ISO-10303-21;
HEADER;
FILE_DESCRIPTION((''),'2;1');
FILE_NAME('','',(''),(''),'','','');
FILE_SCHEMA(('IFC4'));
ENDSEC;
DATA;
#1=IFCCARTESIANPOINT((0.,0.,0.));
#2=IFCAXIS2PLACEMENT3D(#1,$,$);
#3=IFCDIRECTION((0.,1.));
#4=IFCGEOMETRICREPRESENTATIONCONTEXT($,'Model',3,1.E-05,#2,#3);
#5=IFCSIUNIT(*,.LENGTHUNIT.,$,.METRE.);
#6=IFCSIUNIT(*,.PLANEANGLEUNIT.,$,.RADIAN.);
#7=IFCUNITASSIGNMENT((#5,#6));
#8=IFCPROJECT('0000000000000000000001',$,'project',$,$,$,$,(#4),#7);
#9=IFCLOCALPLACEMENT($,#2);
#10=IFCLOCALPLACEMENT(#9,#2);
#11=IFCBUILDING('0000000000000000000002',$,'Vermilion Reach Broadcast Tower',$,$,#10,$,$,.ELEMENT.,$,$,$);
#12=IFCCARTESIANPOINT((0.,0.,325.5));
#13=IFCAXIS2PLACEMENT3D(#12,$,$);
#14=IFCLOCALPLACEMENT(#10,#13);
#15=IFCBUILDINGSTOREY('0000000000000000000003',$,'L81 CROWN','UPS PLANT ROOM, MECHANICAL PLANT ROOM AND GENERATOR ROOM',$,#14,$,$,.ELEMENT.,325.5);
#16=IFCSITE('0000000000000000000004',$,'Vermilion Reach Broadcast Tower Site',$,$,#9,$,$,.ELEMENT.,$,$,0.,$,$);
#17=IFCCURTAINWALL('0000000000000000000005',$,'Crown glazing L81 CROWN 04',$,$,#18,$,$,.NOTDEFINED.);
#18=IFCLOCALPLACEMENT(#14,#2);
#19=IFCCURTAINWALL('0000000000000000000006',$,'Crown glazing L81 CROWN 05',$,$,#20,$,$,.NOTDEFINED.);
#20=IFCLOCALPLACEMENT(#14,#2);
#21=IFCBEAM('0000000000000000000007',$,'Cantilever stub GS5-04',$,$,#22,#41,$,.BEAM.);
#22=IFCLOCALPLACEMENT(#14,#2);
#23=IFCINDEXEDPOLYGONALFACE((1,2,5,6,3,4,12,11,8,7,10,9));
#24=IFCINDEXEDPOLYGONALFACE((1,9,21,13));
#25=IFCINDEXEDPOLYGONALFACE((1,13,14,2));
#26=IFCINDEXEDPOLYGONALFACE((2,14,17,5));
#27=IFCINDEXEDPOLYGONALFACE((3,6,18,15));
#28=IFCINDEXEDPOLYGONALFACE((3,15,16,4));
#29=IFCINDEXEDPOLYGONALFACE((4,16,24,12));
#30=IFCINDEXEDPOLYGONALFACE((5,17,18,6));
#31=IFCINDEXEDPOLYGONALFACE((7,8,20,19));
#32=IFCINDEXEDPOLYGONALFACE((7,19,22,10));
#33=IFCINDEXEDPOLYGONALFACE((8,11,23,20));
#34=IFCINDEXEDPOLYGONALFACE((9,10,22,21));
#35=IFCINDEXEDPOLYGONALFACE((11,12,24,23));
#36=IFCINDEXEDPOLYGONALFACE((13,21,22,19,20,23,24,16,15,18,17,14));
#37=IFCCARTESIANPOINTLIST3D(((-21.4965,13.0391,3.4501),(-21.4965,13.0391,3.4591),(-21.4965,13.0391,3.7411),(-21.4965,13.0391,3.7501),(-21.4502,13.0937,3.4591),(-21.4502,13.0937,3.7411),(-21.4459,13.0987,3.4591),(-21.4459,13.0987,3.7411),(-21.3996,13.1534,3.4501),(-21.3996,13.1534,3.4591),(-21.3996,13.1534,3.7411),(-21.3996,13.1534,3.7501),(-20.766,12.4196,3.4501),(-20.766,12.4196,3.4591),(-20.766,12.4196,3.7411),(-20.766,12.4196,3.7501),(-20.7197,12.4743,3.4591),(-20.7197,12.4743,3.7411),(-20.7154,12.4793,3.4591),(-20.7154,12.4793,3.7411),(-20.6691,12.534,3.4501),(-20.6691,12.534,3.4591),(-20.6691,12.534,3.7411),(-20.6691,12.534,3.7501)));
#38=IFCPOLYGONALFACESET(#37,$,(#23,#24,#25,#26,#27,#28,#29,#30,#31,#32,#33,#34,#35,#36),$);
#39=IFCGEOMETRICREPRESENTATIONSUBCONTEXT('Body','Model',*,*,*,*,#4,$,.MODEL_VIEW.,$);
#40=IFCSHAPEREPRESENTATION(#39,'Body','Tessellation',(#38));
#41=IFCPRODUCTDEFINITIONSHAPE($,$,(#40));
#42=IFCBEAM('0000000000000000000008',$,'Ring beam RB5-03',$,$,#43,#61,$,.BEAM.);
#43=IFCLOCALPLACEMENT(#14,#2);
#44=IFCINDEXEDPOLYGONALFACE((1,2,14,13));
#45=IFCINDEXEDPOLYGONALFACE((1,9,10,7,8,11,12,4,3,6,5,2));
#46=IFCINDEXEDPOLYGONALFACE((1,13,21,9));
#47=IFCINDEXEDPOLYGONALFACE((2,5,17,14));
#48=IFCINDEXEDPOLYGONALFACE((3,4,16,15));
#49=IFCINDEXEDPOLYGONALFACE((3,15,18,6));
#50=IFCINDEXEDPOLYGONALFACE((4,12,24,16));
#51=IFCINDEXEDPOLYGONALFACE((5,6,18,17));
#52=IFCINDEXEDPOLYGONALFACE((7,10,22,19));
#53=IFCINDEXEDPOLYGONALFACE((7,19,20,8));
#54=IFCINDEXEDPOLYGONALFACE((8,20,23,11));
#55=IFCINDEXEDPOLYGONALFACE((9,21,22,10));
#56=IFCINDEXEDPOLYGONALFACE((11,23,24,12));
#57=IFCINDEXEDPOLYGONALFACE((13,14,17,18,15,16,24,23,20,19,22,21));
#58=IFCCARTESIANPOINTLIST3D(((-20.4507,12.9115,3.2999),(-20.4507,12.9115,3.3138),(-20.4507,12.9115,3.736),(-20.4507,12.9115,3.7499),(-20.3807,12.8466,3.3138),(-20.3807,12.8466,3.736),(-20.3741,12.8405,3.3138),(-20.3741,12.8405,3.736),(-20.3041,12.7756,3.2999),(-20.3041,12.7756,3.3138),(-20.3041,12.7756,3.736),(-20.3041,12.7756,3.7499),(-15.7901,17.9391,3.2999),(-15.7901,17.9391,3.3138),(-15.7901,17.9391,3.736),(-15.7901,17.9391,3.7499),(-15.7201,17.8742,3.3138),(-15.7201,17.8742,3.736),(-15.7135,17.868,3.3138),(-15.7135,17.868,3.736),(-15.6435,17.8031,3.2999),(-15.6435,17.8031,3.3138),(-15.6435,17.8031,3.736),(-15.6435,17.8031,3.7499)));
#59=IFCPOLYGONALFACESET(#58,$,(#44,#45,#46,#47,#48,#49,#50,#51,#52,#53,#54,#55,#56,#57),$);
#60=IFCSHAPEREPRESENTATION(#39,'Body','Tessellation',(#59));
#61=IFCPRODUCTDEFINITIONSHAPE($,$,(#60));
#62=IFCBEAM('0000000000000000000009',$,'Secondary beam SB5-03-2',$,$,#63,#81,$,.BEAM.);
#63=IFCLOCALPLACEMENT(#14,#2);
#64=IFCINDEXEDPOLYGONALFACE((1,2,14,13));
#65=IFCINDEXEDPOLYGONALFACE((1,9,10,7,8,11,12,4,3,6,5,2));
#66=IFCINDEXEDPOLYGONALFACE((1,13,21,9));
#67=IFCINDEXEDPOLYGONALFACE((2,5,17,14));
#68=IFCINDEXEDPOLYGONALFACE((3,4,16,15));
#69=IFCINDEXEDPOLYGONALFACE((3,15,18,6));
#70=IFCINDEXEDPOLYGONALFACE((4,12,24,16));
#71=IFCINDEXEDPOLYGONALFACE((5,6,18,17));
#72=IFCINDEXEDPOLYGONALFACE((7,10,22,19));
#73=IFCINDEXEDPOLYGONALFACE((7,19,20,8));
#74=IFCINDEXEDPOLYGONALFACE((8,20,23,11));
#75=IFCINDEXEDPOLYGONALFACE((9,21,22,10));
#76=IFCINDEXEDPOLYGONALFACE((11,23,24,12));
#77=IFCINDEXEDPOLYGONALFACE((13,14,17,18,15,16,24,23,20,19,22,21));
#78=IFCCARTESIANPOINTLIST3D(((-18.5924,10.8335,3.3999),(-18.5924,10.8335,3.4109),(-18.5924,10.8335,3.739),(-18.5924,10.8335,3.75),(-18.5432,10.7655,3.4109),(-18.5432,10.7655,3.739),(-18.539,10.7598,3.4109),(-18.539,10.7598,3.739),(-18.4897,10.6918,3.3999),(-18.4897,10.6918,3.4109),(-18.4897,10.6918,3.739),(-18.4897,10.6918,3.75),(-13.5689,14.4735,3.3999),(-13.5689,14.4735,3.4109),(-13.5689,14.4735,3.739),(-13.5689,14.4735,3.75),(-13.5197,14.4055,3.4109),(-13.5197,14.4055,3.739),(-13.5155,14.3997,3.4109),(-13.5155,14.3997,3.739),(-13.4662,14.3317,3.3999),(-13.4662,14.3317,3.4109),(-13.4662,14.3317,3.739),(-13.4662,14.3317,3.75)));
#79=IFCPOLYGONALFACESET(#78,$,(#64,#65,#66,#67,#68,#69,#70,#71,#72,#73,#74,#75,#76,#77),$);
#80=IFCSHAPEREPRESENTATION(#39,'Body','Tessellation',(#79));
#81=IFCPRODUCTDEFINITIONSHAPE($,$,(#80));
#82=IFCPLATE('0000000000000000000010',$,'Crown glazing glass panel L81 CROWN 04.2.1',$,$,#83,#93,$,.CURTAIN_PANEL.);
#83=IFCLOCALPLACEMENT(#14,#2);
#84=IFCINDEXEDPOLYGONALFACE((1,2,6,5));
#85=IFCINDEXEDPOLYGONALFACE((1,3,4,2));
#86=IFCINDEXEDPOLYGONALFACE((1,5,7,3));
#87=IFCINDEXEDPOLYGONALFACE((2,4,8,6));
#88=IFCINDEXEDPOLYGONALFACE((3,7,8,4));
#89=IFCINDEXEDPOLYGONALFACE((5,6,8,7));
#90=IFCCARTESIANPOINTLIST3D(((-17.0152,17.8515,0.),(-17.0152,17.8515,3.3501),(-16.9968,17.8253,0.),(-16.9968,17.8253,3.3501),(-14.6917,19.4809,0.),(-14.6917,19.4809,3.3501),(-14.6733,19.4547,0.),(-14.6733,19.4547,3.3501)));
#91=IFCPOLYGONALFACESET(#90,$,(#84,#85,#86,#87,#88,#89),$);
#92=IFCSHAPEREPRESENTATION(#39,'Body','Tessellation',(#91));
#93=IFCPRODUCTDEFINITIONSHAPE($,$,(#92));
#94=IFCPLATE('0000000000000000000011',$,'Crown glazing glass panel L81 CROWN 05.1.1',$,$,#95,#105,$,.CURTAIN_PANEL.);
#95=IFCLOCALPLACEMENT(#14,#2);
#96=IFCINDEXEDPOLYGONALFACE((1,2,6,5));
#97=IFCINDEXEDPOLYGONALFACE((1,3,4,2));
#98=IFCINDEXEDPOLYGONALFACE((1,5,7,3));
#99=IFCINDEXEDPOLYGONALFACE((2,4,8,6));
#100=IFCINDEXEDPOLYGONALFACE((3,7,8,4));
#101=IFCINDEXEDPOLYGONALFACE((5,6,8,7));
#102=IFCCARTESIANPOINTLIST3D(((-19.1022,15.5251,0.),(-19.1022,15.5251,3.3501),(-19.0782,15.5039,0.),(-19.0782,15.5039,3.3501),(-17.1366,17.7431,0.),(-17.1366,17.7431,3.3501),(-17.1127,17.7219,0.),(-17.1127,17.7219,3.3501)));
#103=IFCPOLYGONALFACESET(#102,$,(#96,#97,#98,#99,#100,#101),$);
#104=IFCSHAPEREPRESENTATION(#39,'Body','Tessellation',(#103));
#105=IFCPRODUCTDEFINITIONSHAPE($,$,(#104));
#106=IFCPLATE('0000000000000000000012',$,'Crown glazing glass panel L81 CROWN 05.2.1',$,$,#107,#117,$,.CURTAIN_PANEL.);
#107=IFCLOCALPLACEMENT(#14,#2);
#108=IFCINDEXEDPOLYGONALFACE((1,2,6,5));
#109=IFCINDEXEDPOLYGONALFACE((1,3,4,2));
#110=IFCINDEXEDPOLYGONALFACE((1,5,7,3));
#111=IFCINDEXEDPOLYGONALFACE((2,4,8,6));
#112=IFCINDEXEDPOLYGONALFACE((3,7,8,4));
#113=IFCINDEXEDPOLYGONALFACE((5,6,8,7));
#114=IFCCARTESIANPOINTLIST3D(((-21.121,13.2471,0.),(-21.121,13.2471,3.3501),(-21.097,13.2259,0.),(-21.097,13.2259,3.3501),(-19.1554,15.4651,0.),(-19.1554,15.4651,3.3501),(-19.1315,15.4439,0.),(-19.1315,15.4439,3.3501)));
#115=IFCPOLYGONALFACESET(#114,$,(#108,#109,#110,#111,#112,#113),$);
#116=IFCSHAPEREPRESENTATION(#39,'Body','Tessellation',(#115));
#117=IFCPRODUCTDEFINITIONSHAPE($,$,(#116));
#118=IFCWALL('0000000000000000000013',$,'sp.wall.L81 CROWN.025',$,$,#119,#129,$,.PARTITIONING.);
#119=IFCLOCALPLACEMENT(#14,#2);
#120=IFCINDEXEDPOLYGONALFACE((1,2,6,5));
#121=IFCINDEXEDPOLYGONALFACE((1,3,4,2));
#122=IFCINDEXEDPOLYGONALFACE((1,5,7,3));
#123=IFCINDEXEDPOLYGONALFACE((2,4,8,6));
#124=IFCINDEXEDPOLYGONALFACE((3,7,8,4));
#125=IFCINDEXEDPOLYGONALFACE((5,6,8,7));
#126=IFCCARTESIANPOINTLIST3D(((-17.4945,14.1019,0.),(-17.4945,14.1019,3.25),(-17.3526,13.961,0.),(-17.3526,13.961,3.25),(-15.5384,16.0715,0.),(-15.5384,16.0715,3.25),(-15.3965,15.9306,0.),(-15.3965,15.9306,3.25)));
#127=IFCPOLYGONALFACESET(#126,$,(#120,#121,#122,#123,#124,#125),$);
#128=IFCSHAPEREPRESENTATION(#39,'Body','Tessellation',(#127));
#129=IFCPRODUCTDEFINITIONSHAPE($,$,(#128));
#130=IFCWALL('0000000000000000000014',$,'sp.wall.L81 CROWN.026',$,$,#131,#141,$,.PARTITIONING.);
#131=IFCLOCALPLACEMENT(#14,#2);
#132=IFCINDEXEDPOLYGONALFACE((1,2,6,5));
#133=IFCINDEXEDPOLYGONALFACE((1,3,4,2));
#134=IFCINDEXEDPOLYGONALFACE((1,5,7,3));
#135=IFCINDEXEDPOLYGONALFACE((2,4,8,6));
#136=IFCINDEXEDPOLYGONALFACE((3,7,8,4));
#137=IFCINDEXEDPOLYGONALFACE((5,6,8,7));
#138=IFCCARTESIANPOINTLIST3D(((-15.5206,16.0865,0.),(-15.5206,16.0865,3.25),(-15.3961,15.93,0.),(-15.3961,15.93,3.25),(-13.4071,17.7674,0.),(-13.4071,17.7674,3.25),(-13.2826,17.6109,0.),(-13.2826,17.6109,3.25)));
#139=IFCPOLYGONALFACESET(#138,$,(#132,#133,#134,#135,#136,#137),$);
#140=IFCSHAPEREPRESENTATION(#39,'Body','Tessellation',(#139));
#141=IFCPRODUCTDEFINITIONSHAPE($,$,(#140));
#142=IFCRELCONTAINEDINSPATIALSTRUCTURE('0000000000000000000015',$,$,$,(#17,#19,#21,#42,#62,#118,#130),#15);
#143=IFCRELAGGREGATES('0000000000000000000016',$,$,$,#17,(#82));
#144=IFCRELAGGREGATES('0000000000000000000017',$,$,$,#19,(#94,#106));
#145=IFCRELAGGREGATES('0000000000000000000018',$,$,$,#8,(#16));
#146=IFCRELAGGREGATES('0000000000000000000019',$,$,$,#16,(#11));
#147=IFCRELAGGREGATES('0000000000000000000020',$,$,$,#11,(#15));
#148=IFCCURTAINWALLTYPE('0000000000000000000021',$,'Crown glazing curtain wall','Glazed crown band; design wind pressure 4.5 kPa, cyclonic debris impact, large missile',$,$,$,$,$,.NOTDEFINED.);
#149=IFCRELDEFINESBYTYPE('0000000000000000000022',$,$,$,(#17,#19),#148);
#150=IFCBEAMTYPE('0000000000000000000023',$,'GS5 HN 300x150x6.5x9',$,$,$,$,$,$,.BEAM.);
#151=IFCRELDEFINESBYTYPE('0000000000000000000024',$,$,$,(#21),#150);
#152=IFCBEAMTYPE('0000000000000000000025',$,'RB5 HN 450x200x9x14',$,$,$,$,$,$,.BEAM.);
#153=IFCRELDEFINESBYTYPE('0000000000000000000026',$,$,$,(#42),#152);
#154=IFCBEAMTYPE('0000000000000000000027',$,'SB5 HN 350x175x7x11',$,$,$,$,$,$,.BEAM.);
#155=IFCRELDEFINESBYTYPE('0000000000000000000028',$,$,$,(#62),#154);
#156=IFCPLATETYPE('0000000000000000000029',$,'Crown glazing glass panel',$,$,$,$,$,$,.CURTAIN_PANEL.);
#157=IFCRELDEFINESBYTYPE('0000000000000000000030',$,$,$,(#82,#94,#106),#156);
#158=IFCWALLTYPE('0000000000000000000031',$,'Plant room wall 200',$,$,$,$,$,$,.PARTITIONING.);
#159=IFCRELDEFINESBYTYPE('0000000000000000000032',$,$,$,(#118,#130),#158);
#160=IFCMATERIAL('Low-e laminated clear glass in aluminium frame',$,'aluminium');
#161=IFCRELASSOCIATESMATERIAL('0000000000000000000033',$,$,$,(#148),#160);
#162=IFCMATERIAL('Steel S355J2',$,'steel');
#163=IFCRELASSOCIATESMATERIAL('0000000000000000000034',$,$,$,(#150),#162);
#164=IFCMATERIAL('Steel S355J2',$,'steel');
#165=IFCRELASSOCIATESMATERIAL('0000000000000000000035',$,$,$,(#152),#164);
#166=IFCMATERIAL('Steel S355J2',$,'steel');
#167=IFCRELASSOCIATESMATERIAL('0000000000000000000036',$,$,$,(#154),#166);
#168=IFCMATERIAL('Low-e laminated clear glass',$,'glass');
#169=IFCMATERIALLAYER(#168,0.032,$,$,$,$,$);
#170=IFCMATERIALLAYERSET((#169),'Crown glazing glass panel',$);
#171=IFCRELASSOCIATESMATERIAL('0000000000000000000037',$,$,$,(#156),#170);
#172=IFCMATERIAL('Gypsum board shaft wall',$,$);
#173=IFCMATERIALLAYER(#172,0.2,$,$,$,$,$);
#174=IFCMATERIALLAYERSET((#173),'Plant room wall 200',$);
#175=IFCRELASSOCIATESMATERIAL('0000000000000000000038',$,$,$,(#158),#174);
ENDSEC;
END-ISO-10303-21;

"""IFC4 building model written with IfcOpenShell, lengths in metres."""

from ifc_helpers import new_model, si_unit, direction, frame, frame_2d, origin, origin_2d, place, context, subcontext, project, spatial, rectangle, i_section, extrude, material, layer, layer_set, material_profile, profile_set, type_object, element, aggregate, save


model = new_model("IFC4")

# Units and contexts
model_context = context("Model", 3, precision=1e-05, world=origin(), true_north=direction((0.0, 1.0)))
body_context = subcontext(model_context, "Body", "Model", "MODEL_VIEW")
ifc_project = project(units=[si_unit("LENGTHUNIT", "METRE"), si_unit("PLANEANGLEUNIT", "RADIAN")], contexts=[model_context])

# Site, building, storey
site_placement = place(None, origin())
site = spatial("IfcSite", under=ifc_project, at=site_placement, Name="Vermilion Reach Broadcast Tower Site", CompositionType="ELEMENT", RefElevation=0.0)
building_placement = place(site_placement, origin())
building = spatial("IfcBuilding", under=site, at=building_placement, Name="Vermilion Reach Broadcast Tower", CompositionType="ELEMENT")
storey_placement = place(building_placement, frame((0.0, 0.0, 325.5)))
storey = spatial("IfcBuildingStorey", under=building, at=storey_placement, Name="L81 CROWN", Description="UPS PLANT ROOM, MECHANICAL PLANT ROOM AND GENERATOR ROOM", CompositionType="ELEMENT", Elevation=325.5)

# Curtain walls
ifc_material_1 = material(Name="Low-e laminated clear glass in aluminium frame", Category="aluminium")
curtain_wall_type = type_object("IfcCurtainWallType", Name="Crown glazing curtain wall", Description="Glazed crown band; design wind pressure 4.5 kPa, cyclonic debris impact, large missile", PredefinedType="NOTDEFINED", material=ifc_material_1)
placement = place(storey_placement, origin())
curtain_wall_1 = element("IfcCurtainWall", 1, at=placement, inside=storey, type_object=curtain_wall_type, Name="Crown glazing L81 CROWN 04", PredefinedType="NOTDEFINED")
curtain_wall_2 = element("IfcCurtainWall", 2, at=placement, inside=storey, type_object=curtain_wall_type, Name="Crown glazing L81 CROWN 05", PredefinedType="NOTDEFINED")

# Beams
ifc_material_2 = material(Name="Steel S355J2", Category="steel")
ifc_material_profile_1 = material_profile(ifc_material_2, i_section(OverallWidth=0.1499, OverallDepth=0.3, WebThickness=0.0066, FlangeThickness=0.009, at=origin_2d()), Name="S355J2 HN 300x150x6.5x9")
ifc_profile_set_1 = profile_set([ifc_material_profile_1], Name="Steel S355J2")
beam_type_1 = type_object("IfcBeamType", Name="GS5 HN 300x150x6.5x9", PredefinedType="BEAM", material=ifc_profile_set_1)
beam_1_placement = place(storey_placement, frame((-20.7175, 12.4768, 3.6001), z_axis=(-0.762719, 0.64673, 0.0), x_axis=(-0.64673, -0.762719, 0.0)))
element("IfcBeam", 3, at=beam_1_placement, inside=storey, type_object=beam_type_1, Name="Cantilever stub GS5-04", PredefinedType="BEAM", context=body_context, shape_type="SweptSolid", body=[
    extrude(i_section(OverallWidth=0.1499, OverallDepth=0.3, WebThickness=0.0066, FlangeThickness=0.009, at=origin_2d()), origin(), (0.0, 0.0, 1.0), 0.9578),
])
ifc_material_3 = material(Name="Steel S355J2", Category="steel")
ifc_material_profile_2 = material_profile(ifc_material_3, i_section(OverallWidth=0.2, OverallDepth=0.45, WebThickness=0.009, FlangeThickness=0.0139, at=origin_2d()), Name="S355J2 HN 450x200x9x14")
ifc_profile_set_2 = profile_set([ifc_material_profile_2], Name="Steel S355J2")
beam_type_2 = type_object("IfcBeamType", Name="RB5 HN 450x200x9x14", PredefinedType="BEAM", material=ifc_profile_set_2)
beam_2_placement = place(storey_placement, frame((-15.7168, 17.8711, 3.5249), z_axis=(-0.679838, -0.733363, 0.0), x_axis=(0.733363, -0.679838, 0.0)))
element("IfcBeam", 4, at=beam_2_placement, inside=storey, type_object=beam_type_2, Name="Ring beam RB5-03", PredefinedType="BEAM", context=body_context, shape_type="SweptSolid", body=[
    extrude(i_section(OverallWidth=0.2, OverallDepth=0.45, WebThickness=0.009, FlangeThickness=0.0139, at=origin_2d()), origin(), (0.0, 0.0, 1.0), 6.8555),
])
ifc_material_4 = material(Name="Steel S355J2", Category="steel")
ifc_material_profile_3 = material_profile(ifc_material_4, i_section(OverallWidth=0.175, OverallDepth=0.3501, WebThickness=0.0071, FlangeThickness=0.011, at=origin_2d()), Name="S355J2 HN 350x175x7x11")
ifc_profile_set_3 = profile_set([ifc_material_profile_3], Name="Steel S355J2")
beam_type_3 = type_object("IfcBeamType", Name="SB5 HN 350x175x7x11", PredefinedType="BEAM", material=ifc_profile_set_3)
beam_3_placement = place(storey_placement, frame((-13.5176, 14.4026, 3.575), z_axis=(-0.809771, -0.586746, 0.0), x_axis=(0.586746, -0.809771, 0.0)))
element("IfcBeam", 5, at=beam_3_placement, inside=storey, type_object=beam_type_3, Name="Secondary beam SB5-03-2", PredefinedType="BEAM", context=body_context, shape_type="SweptSolid", body=[
    extrude(i_section(OverallWidth=0.175, OverallDepth=0.3501, WebThickness=0.0071, FlangeThickness=0.011, at=origin_2d()), origin(), (0.0, 0.0, 1.0), 6.2036),
])

# Plates
ifc_material_5 = material(Name="Low-e laminated clear glass", Category="glass")
ifc_layer_1 = layer(ifc_material_5, 0.032)
ifc_layer_set_1 = layer_set([ifc_layer_1], Name="Crown glazing glass panel")
plate_type = type_object("IfcPlateType", Name="Crown glazing glass panel", PredefinedType="CURTAIN_PANEL", material=ifc_layer_set_1)
plate_1_placement = place(storey_placement, frame((-15.8442, 18.6531, 0.0), z_axis=(0.0, 0.0, 1.0), x_axis=(-0.81874, -0.574164, 0.0)))
plate_1 = element("IfcPlate", 6, at=plate_1_placement, type_object=plate_type, Name="Crown glazing glass panel L81 CROWN 04.2.1", PredefinedType="CURTAIN_PANEL", context=body_context, shape_type="SweptSolid", body=[
    extrude(rectangle(XDim=2.8379, YDim=0.032, at=origin_2d()), origin(), (0.0, 0.0, 1.0), 3.3501),
])
aggregate(curtain_wall_1, [plate_1])
plate_2_placement = place(storey_placement, frame((-18.1074, 16.6235, 0.0), z_axis=(0.0, 0.0, 1.0), x_axis=(-0.663239, -0.748408, 0.0)))
plate_2 = element("IfcPlate", 7, at=plate_2_placement, type_object=plate_type, Name="Crown glazing glass panel L81 CROWN 05.1.1", PredefinedType="CURTAIN_PANEL", context=body_context, shape_type="SweptSolid", body=[
    extrude(rectangle(XDim=2.9636, YDim=0.032, at=origin_2d()), origin(), (0.0, 0.0, 1.0), 3.3501),
])
plate_3_placement = place(storey_placement, frame((-20.1262, 14.3455, 0.0), z_axis=(0.0, 0.0, 1.0), x_axis=(-0.663239, -0.748408, 0.0)))
plate_3 = element("IfcPlate", 8, at=plate_3_placement, type_object=plate_type, Name="Crown glazing glass panel L81 CROWN 05.2.1", PredefinedType="CURTAIN_PANEL", context=body_context, shape_type="SweptSolid", body=[
    extrude(rectangle(XDim=2.9636, YDim=0.032, at=origin_2d()), origin(), (0.0, 0.0, 1.0), 3.3501),
])
aggregate(curtain_wall_2, [plate_2, plate_3])

# Walls
ifc_material_6 = material(Name="Gypsum board shaft wall")
ifc_layer_2 = layer(ifc_material_6, 0.2)
ifc_layer_set_2 = layer_set([ifc_layer_2], Name="Plant room wall 200")
wall_type = type_object("IfcWallType", Name="Plant room wall 200", PredefinedType="PARTITIONING", material=ifc_layer_set_2)
wall_1_placement = place(storey_placement, frame((-17.4236, 14.0315, 0.0), z_axis=(0.0, 0.0, 1.0), x_axis=(0.704684, 0.709521, 0.0)))
element("IfcWall", 9, at=wall_1_placement, inside=storey, type_object=wall_type, Name="sp.wall.L81 CROWN.025", PredefinedType="PARTITIONING", context=body_context, shape_type="SweptSolid", body=[
    extrude(rectangle(XDim=2.7759, YDim=0.2, at=frame_2d((1.3879, 0.0))), origin(), (0.0, 0.0, 1.0), 3.25),
])
wall_2_placement = place(storey_placement, frame((-15.4583, 16.0083, 0.0), z_axis=(0.0, 0.0, 1.0), x_axis=(0.782656, 0.622454, 0.0)))
element("IfcWall", 10, at=wall_2_placement, inside=storey, type_object=wall_type, Name="sp.wall.L81 CROWN.026", PredefinedType="PARTITIONING", context=body_context, shape_type="SweptSolid", body=[
    extrude(rectangle(XDim=2.7004, YDim=0.2, at=frame_2d((1.3501, 0.0))), origin(), (0.0, 0.0, 1.0), 3.25),
])

save(model, "model.ifc")
